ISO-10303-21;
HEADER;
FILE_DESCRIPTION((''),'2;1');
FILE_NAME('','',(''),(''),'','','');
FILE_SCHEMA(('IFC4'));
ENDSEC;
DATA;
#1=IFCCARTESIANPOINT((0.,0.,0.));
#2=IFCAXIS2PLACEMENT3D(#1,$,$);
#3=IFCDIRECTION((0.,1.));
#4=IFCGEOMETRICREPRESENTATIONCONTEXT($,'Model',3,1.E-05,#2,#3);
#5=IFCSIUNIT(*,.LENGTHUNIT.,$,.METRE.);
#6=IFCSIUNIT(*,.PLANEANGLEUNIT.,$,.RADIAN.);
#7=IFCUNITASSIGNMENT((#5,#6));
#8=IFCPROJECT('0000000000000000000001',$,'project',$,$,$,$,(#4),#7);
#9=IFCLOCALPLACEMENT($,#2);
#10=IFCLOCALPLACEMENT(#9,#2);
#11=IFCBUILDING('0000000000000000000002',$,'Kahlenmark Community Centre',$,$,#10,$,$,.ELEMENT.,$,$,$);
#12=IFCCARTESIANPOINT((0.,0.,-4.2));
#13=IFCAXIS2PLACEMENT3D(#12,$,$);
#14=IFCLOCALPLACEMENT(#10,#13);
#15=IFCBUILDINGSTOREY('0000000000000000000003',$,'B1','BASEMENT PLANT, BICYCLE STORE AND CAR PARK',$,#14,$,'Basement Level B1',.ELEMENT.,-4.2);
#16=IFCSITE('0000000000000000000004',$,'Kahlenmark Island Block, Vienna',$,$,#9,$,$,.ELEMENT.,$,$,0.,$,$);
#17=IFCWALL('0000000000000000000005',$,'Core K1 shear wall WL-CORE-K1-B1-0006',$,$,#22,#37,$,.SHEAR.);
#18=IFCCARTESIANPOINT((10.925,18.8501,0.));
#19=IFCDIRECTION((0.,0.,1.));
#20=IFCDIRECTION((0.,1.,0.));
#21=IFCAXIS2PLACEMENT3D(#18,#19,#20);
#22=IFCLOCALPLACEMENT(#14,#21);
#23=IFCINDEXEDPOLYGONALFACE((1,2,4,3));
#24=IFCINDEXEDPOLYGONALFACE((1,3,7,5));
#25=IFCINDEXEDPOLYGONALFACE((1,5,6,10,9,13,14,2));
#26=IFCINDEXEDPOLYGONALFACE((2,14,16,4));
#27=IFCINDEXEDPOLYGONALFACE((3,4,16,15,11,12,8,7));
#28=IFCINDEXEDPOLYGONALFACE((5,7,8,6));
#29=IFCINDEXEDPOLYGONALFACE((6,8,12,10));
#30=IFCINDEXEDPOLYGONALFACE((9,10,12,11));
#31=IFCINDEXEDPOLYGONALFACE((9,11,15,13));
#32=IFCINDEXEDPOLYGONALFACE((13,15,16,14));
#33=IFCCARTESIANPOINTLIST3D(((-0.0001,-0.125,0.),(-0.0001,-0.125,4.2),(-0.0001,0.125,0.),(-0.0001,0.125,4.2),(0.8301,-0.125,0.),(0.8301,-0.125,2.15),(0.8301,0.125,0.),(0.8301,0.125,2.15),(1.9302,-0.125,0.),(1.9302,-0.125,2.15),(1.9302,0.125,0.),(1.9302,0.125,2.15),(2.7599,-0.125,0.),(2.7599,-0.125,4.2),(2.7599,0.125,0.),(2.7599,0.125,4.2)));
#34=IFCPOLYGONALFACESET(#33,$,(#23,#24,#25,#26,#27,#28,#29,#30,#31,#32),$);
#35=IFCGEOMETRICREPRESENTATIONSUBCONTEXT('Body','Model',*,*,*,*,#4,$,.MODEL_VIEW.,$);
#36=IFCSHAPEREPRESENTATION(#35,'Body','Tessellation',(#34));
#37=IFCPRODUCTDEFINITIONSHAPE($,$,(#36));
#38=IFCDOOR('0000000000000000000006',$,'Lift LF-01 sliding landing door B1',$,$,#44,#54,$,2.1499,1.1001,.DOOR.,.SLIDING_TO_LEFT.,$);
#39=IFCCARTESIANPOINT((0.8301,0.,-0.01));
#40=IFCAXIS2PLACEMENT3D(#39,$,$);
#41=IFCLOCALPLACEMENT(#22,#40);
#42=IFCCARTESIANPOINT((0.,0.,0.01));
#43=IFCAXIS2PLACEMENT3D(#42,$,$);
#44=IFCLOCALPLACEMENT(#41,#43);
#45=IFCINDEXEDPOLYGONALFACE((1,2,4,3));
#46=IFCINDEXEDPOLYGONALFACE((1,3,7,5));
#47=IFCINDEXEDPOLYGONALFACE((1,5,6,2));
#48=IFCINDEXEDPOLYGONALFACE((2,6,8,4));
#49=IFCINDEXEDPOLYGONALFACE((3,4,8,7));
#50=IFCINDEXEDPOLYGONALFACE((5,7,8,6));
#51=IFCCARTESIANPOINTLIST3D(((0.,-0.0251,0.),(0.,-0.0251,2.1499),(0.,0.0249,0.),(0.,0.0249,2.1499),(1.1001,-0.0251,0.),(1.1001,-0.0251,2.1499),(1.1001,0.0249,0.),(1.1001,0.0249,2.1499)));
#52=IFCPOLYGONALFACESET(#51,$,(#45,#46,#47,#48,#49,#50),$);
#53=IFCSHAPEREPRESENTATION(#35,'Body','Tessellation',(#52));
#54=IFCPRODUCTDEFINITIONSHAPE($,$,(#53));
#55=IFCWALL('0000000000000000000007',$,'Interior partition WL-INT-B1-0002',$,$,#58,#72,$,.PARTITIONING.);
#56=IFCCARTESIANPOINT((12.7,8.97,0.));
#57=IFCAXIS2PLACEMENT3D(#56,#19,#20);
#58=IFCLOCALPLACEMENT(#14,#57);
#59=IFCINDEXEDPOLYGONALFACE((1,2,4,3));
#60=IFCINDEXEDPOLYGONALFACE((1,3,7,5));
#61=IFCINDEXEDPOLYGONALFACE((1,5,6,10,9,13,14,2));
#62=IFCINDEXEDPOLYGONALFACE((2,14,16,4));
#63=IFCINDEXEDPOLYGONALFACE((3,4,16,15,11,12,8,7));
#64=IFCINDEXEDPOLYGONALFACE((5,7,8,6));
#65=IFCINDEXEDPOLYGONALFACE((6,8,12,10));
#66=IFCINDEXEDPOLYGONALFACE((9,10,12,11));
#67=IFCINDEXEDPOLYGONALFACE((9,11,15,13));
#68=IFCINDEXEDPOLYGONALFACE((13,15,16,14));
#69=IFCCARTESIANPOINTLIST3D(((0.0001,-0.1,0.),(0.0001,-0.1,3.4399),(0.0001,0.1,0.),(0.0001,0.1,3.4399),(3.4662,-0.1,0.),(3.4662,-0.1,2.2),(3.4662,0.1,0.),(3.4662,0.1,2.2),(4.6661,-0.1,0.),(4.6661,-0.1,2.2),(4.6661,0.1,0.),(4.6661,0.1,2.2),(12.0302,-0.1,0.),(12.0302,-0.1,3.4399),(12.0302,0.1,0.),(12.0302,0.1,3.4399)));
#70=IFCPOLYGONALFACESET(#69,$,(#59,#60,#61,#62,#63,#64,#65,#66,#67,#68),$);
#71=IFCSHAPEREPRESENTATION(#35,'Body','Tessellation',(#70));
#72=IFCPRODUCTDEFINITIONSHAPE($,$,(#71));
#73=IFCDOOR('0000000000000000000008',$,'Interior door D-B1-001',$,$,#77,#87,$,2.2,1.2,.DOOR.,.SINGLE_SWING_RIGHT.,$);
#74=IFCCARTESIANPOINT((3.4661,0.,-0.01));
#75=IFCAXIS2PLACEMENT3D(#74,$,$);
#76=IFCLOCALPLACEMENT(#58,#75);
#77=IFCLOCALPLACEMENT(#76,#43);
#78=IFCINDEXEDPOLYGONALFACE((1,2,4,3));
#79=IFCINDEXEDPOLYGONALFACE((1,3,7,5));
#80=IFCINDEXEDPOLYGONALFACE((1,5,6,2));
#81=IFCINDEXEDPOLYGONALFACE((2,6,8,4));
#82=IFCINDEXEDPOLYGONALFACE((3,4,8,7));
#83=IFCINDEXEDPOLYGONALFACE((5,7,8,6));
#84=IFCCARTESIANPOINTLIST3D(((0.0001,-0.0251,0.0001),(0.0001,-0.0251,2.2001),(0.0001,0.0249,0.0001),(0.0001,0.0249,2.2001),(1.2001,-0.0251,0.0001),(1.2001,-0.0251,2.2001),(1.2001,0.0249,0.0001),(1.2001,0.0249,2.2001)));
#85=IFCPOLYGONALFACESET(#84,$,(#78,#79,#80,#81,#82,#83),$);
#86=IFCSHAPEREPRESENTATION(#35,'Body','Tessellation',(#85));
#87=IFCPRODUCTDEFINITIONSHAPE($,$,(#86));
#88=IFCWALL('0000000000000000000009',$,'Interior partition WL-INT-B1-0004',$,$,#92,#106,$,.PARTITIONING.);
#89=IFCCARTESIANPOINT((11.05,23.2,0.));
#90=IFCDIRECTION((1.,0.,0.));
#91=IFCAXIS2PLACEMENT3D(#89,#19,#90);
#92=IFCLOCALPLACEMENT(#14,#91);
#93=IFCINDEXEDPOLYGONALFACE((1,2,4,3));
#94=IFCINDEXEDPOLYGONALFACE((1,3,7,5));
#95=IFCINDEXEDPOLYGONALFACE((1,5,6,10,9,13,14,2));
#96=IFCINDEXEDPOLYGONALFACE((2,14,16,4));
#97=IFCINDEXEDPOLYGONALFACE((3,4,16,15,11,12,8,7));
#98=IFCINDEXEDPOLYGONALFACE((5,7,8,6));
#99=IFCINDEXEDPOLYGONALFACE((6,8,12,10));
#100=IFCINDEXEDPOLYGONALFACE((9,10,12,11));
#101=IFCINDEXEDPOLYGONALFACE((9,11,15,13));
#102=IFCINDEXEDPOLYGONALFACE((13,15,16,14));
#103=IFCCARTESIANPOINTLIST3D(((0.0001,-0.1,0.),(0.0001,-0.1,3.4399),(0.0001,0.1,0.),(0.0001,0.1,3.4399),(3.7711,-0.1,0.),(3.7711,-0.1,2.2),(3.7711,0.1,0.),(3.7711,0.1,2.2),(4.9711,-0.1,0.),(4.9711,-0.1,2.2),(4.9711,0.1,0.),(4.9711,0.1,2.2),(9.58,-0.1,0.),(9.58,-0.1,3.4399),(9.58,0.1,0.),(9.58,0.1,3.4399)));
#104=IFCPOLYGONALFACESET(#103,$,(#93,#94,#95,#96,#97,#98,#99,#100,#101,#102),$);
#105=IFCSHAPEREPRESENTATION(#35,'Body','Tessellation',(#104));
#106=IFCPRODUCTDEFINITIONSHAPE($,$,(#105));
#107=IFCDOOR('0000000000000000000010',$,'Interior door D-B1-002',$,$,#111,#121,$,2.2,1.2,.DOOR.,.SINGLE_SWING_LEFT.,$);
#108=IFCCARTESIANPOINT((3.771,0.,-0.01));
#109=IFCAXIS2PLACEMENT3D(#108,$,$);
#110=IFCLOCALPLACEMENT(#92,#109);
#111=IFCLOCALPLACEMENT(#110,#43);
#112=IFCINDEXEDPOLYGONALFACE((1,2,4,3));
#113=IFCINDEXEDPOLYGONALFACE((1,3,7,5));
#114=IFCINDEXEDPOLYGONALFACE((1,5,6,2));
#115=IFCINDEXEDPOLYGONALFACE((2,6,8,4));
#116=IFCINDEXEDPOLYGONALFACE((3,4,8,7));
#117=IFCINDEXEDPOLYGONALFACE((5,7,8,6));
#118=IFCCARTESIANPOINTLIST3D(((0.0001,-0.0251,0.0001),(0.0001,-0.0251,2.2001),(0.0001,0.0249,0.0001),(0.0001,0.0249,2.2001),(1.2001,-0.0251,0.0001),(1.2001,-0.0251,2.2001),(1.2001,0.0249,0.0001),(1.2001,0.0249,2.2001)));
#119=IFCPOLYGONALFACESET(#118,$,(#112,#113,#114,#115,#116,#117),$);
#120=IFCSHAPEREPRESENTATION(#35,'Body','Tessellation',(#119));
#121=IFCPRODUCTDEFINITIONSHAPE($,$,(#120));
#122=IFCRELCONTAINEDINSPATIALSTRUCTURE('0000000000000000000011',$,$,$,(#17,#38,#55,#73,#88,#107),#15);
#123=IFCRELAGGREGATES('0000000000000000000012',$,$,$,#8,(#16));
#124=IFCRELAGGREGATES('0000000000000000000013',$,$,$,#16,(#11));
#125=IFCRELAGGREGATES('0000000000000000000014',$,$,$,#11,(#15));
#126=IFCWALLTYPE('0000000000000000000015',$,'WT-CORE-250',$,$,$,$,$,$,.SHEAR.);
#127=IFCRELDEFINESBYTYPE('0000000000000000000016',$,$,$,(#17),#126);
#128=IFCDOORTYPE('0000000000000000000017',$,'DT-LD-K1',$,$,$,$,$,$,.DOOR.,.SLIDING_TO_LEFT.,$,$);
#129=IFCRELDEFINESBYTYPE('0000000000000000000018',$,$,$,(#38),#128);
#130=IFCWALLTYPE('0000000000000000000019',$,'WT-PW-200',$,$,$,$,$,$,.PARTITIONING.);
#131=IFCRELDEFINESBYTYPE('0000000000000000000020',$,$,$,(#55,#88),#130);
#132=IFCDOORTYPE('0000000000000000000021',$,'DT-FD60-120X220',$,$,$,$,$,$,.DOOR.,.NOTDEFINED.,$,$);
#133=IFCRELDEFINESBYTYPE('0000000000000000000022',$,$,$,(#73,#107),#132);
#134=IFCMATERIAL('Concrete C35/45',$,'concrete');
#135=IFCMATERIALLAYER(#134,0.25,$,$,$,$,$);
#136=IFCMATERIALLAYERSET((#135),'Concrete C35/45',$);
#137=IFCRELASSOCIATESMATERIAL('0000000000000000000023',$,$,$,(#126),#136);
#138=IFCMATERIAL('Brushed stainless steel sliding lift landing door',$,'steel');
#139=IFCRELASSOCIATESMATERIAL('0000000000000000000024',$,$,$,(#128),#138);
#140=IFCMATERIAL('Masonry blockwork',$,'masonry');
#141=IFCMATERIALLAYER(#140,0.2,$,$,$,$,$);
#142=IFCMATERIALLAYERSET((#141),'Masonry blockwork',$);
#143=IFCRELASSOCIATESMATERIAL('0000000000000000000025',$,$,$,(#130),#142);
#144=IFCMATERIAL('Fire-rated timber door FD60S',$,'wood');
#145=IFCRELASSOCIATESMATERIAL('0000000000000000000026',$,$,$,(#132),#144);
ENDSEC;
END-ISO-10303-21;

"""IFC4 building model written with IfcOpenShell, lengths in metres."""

from ifc_helpers import new_model, si_unit, direction, frame, frame_2d, origin, place, context, subcontext, project, spatial, rectangle, extrude, material, layer, layer_set, type_object, element, fill, save


model = new_model("IFC4")

# Units and contexts
model_context = context("Model", 3, precision=1e-05, world=origin(), true_north=direction((0.0, 1.0)))
body_context = subcontext(model_context, "Body", "Model", "MODEL_VIEW")
ifc_project = project(units=[si_unit("LENGTHUNIT", "METRE"), si_unit("PLANEANGLEUNIT", "RADIAN")], contexts=[model_context])

# Site, building, storey
site_placement = place(None, origin())
site = spatial("IfcSite", under=ifc_project, at=site_placement, Name="Kahlenmark Island Block, Vienna", CompositionType="ELEMENT", RefElevation=0.0)
building_placement = place(site_placement, origin())
building = spatial("IfcBuilding", under=site, at=building_placement, Name="Kahlenmark Community Centre", CompositionType="ELEMENT")
storey_placement = place(building_placement, frame((0.0, 0.0, -4.2)))
storey = spatial("IfcBuildingStorey", under=building, at=storey_placement, Name="B1", Description="BASEMENT PLANT, BICYCLE STORE AND CAR PARK", LongName="Basement Level B1", CompositionType="ELEMENT", Elevation=-4.2)

# Shared definitions
ifc_material_1 = material(Name="Concrete C35/45", Category="concrete")

# Shared definitions
ifc_layer_1 = layer(ifc_material_1, 0.25)
ifc_layer_set_1 = layer_set([ifc_layer_1], Name="Concrete C35/45")
wall_type_1 = type_object("IfcWallType", Name="WT-CORE-250", PredefinedType="SHEAR", material=ifc_layer_set_1)

# Walls, openings, doors
wall_1_placement = place(storey_placement, frame((10.925, 18.8501, 0.0), z_axis=(0.0, 0.0, 1.0), x_axis=(0.0, 1.0, 0.0)))
wall_1 = element("IfcWall", 1, at=wall_1_placement, inside=storey, type_object=wall_type_1, Name="Core K1 shear wall WL-CORE-K1-B1-0006", PredefinedType="SHEAR", context=body_context, shape_type="SweptSolid", body=[
    extrude(rectangle(XDim=2.76, YDim=0.25, at=frame_2d((1.3799, 0.0))), origin(), (0.0, 0.0, 1.0), 4.2),
])
opening_1_placement = place(wall_1_placement, frame((0.8301, 0.0, -0.01)))
opening_1 = element("IfcOpeningElement", 2, at=opening_1_placement, cuts=wall_1, PredefinedType="OPENING", context=body_context, shape_type="SweptSolid", body=[
    extrude(rectangle(XDim=1.1001, YDim=2.1599, at=frame_2d((0.55, 1.0801))), frame((0.0, 0.135, 0.0), z_axis=(0.0, -1.0, 0.0), x_axis=(1.0, 0.0, 0.0)), (0.0, 0.0, 1.0), 0.27),
])
ifc_material_2 = material(Name="Brushed stainless steel sliding lift landing door", Category="steel")
door_type_1 = type_object("IfcDoorType", Name="DT-LD-K1", OperationType="SLIDING_TO_LEFT", PredefinedType="DOOR", material=ifc_material_2)
door_1_placement = place(opening_1_placement, frame((0.0, 0.0, 0.01)))
door_1 = element("IfcDoor", 3, at=door_1_placement, inside=storey, type_object=door_type_1, Name="Lift LF-01 sliding landing door B1", OperationType="SLIDING_TO_LEFT", OverallHeight=2.1499, OverallWidth=1.1001, PredefinedType="DOOR", context=body_context, shape_type="SweptSolid", body=[
    extrude(rectangle(XDim=1.1001, YDim=2.1499, at=frame_2d((0.55, 1.075))), frame((0.0, 0.0249, 0.0), z_axis=(0.0, -1.0, 0.0), x_axis=(1.0, 0.0, 0.0)), (0.0, 0.0, 1.0), 0.05),
])
fill(opening_1, door_1)
ifc_material_3 = material(Name="Masonry blockwork", Category="masonry")
ifc_layer_2 = layer(ifc_material_3, 0.2)
ifc_layer_set_2 = layer_set([ifc_layer_2], Name="Masonry blockwork")
wall_type_2 = type_object("IfcWallType", Name="WT-PW-200", PredefinedType="PARTITIONING", material=ifc_layer_set_2)
wall_2_placement = place(storey_placement, frame((12.7, 8.97, 0.0), z_axis=(0.0, 0.0, 1.0), x_axis=(0.0, 1.0, 0.0)))
wall_2 = element("IfcWall", 4, at=wall_2_placement, inside=storey, type_object=wall_type_2, Name="Interior partition WL-INT-B1-0002", PredefinedType="PARTITIONING", context=body_context, shape_type="SweptSolid", body=[
    extrude(rectangle(XDim=12.03, YDim=0.2, at=frame_2d((6.0151, 0.0))), origin(), (0.0, 0.0, 1.0), 3.4399),
])
opening_2_placement = place(wall_2_placement, frame((3.4661, 0.0, -0.01)))
opening_2 = element("IfcOpeningElement", 5, at=opening_2_placement, cuts=wall_2, PredefinedType="OPENING", context=body_context, shape_type="SweptSolid", body=[
    extrude(rectangle(XDim=1.2, YDim=2.21, at=frame_2d((0.6001, 1.105))), frame((0.0, 0.1099, 0.0), z_axis=(0.0, -1.0, 0.0), x_axis=(1.0, 0.0, 0.0)), (0.0, 0.0, 1.0), 0.22),
])
ifc_material_4 = material(Name="Fire-rated timber door FD60S", Category="wood")
door_type_2 = type_object("IfcDoorType", Name="DT-FD60-120X220", OperationType="NOTDEFINED", PredefinedType="DOOR", material=ifc_material_4)
door_2_placement = place(opening_2_placement, frame((0.0, 0.0, 0.01)))
door_2 = element("IfcDoor", 6, at=door_2_placement, inside=storey, type_object=door_type_2, Name="Interior door D-B1-001", OperationType="SINGLE_SWING_RIGHT", OverallHeight=2.2, OverallWidth=1.2, PredefinedType="DOOR", context=body_context, shape_type="SweptSolid", body=[
    extrude(rectangle(XDim=1.2, YDim=2.2, at=frame_2d((0.6001, 1.1001))), frame((0.0, 0.0249, 0.0), z_axis=(0.0, -1.0, 0.0), x_axis=(1.0, 0.0, 0.0)), (0.0, 0.0, 1.0), 0.05),
])
fill(opening_2, door_2)

# Wall, opening, door
wall_3_placement = place(storey_placement, frame((11.05, 23.2, 0.0), z_axis=(0.0, 0.0, 1.0), x_axis=(1.0, 0.0, 0.0)))
wall_3 = element("IfcWall", 7, at=wall_3_placement, inside=storey, type_object=wall_type_2, Name="Interior partition WL-INT-B1-0004", PredefinedType="PARTITIONING", context=body_context, shape_type="SweptSolid", body=[
    extrude(rectangle(XDim=9.5798, YDim=0.2, at=frame_2d((4.79, 0.0))), origin(), (0.0, 0.0, 1.0), 3.4399),
])
opening_3_placement = place(wall_3_placement, frame((3.771, 0.0, -0.01)))
opening_3 = element("IfcOpeningElement", 8, at=opening_3_placement, cuts=wall_3, PredefinedType="OPENING", context=body_context, shape_type="SweptSolid", body=[
    extrude(rectangle(XDim=1.2, YDim=2.21, at=frame_2d((0.6001, 1.105))), frame((0.0, 0.1099, 0.0), z_axis=(0.0, -1.0, 0.0), x_axis=(1.0, 0.0, 0.0)), (0.0, 0.0, 1.0), 0.22),
])
door_3_placement = place(opening_3_placement, frame((0.0, 0.0, 0.01)))
door_3 = element("IfcDoor", 9, at=door_3_placement, inside=storey, type_object=door_type_2, Name="Interior door D-B1-002", OperationType="SINGLE_SWING_LEFT", OverallHeight=2.2, OverallWidth=1.2, PredefinedType="DOOR", context=body_context, shape_type="SweptSolid", body=[
    extrude(rectangle(XDim=1.2, YDim=2.2, at=frame_2d((0.6001, 1.1001))), frame((0.0, 0.0249, 0.0), z_axis=(0.0, -1.0, 0.0), x_axis=(1.0, 0.0, 0.0)), (0.0, 0.0, 1.0), 0.05),
])
fill(opening_3, door_3)

save(model, "model.ifc")
